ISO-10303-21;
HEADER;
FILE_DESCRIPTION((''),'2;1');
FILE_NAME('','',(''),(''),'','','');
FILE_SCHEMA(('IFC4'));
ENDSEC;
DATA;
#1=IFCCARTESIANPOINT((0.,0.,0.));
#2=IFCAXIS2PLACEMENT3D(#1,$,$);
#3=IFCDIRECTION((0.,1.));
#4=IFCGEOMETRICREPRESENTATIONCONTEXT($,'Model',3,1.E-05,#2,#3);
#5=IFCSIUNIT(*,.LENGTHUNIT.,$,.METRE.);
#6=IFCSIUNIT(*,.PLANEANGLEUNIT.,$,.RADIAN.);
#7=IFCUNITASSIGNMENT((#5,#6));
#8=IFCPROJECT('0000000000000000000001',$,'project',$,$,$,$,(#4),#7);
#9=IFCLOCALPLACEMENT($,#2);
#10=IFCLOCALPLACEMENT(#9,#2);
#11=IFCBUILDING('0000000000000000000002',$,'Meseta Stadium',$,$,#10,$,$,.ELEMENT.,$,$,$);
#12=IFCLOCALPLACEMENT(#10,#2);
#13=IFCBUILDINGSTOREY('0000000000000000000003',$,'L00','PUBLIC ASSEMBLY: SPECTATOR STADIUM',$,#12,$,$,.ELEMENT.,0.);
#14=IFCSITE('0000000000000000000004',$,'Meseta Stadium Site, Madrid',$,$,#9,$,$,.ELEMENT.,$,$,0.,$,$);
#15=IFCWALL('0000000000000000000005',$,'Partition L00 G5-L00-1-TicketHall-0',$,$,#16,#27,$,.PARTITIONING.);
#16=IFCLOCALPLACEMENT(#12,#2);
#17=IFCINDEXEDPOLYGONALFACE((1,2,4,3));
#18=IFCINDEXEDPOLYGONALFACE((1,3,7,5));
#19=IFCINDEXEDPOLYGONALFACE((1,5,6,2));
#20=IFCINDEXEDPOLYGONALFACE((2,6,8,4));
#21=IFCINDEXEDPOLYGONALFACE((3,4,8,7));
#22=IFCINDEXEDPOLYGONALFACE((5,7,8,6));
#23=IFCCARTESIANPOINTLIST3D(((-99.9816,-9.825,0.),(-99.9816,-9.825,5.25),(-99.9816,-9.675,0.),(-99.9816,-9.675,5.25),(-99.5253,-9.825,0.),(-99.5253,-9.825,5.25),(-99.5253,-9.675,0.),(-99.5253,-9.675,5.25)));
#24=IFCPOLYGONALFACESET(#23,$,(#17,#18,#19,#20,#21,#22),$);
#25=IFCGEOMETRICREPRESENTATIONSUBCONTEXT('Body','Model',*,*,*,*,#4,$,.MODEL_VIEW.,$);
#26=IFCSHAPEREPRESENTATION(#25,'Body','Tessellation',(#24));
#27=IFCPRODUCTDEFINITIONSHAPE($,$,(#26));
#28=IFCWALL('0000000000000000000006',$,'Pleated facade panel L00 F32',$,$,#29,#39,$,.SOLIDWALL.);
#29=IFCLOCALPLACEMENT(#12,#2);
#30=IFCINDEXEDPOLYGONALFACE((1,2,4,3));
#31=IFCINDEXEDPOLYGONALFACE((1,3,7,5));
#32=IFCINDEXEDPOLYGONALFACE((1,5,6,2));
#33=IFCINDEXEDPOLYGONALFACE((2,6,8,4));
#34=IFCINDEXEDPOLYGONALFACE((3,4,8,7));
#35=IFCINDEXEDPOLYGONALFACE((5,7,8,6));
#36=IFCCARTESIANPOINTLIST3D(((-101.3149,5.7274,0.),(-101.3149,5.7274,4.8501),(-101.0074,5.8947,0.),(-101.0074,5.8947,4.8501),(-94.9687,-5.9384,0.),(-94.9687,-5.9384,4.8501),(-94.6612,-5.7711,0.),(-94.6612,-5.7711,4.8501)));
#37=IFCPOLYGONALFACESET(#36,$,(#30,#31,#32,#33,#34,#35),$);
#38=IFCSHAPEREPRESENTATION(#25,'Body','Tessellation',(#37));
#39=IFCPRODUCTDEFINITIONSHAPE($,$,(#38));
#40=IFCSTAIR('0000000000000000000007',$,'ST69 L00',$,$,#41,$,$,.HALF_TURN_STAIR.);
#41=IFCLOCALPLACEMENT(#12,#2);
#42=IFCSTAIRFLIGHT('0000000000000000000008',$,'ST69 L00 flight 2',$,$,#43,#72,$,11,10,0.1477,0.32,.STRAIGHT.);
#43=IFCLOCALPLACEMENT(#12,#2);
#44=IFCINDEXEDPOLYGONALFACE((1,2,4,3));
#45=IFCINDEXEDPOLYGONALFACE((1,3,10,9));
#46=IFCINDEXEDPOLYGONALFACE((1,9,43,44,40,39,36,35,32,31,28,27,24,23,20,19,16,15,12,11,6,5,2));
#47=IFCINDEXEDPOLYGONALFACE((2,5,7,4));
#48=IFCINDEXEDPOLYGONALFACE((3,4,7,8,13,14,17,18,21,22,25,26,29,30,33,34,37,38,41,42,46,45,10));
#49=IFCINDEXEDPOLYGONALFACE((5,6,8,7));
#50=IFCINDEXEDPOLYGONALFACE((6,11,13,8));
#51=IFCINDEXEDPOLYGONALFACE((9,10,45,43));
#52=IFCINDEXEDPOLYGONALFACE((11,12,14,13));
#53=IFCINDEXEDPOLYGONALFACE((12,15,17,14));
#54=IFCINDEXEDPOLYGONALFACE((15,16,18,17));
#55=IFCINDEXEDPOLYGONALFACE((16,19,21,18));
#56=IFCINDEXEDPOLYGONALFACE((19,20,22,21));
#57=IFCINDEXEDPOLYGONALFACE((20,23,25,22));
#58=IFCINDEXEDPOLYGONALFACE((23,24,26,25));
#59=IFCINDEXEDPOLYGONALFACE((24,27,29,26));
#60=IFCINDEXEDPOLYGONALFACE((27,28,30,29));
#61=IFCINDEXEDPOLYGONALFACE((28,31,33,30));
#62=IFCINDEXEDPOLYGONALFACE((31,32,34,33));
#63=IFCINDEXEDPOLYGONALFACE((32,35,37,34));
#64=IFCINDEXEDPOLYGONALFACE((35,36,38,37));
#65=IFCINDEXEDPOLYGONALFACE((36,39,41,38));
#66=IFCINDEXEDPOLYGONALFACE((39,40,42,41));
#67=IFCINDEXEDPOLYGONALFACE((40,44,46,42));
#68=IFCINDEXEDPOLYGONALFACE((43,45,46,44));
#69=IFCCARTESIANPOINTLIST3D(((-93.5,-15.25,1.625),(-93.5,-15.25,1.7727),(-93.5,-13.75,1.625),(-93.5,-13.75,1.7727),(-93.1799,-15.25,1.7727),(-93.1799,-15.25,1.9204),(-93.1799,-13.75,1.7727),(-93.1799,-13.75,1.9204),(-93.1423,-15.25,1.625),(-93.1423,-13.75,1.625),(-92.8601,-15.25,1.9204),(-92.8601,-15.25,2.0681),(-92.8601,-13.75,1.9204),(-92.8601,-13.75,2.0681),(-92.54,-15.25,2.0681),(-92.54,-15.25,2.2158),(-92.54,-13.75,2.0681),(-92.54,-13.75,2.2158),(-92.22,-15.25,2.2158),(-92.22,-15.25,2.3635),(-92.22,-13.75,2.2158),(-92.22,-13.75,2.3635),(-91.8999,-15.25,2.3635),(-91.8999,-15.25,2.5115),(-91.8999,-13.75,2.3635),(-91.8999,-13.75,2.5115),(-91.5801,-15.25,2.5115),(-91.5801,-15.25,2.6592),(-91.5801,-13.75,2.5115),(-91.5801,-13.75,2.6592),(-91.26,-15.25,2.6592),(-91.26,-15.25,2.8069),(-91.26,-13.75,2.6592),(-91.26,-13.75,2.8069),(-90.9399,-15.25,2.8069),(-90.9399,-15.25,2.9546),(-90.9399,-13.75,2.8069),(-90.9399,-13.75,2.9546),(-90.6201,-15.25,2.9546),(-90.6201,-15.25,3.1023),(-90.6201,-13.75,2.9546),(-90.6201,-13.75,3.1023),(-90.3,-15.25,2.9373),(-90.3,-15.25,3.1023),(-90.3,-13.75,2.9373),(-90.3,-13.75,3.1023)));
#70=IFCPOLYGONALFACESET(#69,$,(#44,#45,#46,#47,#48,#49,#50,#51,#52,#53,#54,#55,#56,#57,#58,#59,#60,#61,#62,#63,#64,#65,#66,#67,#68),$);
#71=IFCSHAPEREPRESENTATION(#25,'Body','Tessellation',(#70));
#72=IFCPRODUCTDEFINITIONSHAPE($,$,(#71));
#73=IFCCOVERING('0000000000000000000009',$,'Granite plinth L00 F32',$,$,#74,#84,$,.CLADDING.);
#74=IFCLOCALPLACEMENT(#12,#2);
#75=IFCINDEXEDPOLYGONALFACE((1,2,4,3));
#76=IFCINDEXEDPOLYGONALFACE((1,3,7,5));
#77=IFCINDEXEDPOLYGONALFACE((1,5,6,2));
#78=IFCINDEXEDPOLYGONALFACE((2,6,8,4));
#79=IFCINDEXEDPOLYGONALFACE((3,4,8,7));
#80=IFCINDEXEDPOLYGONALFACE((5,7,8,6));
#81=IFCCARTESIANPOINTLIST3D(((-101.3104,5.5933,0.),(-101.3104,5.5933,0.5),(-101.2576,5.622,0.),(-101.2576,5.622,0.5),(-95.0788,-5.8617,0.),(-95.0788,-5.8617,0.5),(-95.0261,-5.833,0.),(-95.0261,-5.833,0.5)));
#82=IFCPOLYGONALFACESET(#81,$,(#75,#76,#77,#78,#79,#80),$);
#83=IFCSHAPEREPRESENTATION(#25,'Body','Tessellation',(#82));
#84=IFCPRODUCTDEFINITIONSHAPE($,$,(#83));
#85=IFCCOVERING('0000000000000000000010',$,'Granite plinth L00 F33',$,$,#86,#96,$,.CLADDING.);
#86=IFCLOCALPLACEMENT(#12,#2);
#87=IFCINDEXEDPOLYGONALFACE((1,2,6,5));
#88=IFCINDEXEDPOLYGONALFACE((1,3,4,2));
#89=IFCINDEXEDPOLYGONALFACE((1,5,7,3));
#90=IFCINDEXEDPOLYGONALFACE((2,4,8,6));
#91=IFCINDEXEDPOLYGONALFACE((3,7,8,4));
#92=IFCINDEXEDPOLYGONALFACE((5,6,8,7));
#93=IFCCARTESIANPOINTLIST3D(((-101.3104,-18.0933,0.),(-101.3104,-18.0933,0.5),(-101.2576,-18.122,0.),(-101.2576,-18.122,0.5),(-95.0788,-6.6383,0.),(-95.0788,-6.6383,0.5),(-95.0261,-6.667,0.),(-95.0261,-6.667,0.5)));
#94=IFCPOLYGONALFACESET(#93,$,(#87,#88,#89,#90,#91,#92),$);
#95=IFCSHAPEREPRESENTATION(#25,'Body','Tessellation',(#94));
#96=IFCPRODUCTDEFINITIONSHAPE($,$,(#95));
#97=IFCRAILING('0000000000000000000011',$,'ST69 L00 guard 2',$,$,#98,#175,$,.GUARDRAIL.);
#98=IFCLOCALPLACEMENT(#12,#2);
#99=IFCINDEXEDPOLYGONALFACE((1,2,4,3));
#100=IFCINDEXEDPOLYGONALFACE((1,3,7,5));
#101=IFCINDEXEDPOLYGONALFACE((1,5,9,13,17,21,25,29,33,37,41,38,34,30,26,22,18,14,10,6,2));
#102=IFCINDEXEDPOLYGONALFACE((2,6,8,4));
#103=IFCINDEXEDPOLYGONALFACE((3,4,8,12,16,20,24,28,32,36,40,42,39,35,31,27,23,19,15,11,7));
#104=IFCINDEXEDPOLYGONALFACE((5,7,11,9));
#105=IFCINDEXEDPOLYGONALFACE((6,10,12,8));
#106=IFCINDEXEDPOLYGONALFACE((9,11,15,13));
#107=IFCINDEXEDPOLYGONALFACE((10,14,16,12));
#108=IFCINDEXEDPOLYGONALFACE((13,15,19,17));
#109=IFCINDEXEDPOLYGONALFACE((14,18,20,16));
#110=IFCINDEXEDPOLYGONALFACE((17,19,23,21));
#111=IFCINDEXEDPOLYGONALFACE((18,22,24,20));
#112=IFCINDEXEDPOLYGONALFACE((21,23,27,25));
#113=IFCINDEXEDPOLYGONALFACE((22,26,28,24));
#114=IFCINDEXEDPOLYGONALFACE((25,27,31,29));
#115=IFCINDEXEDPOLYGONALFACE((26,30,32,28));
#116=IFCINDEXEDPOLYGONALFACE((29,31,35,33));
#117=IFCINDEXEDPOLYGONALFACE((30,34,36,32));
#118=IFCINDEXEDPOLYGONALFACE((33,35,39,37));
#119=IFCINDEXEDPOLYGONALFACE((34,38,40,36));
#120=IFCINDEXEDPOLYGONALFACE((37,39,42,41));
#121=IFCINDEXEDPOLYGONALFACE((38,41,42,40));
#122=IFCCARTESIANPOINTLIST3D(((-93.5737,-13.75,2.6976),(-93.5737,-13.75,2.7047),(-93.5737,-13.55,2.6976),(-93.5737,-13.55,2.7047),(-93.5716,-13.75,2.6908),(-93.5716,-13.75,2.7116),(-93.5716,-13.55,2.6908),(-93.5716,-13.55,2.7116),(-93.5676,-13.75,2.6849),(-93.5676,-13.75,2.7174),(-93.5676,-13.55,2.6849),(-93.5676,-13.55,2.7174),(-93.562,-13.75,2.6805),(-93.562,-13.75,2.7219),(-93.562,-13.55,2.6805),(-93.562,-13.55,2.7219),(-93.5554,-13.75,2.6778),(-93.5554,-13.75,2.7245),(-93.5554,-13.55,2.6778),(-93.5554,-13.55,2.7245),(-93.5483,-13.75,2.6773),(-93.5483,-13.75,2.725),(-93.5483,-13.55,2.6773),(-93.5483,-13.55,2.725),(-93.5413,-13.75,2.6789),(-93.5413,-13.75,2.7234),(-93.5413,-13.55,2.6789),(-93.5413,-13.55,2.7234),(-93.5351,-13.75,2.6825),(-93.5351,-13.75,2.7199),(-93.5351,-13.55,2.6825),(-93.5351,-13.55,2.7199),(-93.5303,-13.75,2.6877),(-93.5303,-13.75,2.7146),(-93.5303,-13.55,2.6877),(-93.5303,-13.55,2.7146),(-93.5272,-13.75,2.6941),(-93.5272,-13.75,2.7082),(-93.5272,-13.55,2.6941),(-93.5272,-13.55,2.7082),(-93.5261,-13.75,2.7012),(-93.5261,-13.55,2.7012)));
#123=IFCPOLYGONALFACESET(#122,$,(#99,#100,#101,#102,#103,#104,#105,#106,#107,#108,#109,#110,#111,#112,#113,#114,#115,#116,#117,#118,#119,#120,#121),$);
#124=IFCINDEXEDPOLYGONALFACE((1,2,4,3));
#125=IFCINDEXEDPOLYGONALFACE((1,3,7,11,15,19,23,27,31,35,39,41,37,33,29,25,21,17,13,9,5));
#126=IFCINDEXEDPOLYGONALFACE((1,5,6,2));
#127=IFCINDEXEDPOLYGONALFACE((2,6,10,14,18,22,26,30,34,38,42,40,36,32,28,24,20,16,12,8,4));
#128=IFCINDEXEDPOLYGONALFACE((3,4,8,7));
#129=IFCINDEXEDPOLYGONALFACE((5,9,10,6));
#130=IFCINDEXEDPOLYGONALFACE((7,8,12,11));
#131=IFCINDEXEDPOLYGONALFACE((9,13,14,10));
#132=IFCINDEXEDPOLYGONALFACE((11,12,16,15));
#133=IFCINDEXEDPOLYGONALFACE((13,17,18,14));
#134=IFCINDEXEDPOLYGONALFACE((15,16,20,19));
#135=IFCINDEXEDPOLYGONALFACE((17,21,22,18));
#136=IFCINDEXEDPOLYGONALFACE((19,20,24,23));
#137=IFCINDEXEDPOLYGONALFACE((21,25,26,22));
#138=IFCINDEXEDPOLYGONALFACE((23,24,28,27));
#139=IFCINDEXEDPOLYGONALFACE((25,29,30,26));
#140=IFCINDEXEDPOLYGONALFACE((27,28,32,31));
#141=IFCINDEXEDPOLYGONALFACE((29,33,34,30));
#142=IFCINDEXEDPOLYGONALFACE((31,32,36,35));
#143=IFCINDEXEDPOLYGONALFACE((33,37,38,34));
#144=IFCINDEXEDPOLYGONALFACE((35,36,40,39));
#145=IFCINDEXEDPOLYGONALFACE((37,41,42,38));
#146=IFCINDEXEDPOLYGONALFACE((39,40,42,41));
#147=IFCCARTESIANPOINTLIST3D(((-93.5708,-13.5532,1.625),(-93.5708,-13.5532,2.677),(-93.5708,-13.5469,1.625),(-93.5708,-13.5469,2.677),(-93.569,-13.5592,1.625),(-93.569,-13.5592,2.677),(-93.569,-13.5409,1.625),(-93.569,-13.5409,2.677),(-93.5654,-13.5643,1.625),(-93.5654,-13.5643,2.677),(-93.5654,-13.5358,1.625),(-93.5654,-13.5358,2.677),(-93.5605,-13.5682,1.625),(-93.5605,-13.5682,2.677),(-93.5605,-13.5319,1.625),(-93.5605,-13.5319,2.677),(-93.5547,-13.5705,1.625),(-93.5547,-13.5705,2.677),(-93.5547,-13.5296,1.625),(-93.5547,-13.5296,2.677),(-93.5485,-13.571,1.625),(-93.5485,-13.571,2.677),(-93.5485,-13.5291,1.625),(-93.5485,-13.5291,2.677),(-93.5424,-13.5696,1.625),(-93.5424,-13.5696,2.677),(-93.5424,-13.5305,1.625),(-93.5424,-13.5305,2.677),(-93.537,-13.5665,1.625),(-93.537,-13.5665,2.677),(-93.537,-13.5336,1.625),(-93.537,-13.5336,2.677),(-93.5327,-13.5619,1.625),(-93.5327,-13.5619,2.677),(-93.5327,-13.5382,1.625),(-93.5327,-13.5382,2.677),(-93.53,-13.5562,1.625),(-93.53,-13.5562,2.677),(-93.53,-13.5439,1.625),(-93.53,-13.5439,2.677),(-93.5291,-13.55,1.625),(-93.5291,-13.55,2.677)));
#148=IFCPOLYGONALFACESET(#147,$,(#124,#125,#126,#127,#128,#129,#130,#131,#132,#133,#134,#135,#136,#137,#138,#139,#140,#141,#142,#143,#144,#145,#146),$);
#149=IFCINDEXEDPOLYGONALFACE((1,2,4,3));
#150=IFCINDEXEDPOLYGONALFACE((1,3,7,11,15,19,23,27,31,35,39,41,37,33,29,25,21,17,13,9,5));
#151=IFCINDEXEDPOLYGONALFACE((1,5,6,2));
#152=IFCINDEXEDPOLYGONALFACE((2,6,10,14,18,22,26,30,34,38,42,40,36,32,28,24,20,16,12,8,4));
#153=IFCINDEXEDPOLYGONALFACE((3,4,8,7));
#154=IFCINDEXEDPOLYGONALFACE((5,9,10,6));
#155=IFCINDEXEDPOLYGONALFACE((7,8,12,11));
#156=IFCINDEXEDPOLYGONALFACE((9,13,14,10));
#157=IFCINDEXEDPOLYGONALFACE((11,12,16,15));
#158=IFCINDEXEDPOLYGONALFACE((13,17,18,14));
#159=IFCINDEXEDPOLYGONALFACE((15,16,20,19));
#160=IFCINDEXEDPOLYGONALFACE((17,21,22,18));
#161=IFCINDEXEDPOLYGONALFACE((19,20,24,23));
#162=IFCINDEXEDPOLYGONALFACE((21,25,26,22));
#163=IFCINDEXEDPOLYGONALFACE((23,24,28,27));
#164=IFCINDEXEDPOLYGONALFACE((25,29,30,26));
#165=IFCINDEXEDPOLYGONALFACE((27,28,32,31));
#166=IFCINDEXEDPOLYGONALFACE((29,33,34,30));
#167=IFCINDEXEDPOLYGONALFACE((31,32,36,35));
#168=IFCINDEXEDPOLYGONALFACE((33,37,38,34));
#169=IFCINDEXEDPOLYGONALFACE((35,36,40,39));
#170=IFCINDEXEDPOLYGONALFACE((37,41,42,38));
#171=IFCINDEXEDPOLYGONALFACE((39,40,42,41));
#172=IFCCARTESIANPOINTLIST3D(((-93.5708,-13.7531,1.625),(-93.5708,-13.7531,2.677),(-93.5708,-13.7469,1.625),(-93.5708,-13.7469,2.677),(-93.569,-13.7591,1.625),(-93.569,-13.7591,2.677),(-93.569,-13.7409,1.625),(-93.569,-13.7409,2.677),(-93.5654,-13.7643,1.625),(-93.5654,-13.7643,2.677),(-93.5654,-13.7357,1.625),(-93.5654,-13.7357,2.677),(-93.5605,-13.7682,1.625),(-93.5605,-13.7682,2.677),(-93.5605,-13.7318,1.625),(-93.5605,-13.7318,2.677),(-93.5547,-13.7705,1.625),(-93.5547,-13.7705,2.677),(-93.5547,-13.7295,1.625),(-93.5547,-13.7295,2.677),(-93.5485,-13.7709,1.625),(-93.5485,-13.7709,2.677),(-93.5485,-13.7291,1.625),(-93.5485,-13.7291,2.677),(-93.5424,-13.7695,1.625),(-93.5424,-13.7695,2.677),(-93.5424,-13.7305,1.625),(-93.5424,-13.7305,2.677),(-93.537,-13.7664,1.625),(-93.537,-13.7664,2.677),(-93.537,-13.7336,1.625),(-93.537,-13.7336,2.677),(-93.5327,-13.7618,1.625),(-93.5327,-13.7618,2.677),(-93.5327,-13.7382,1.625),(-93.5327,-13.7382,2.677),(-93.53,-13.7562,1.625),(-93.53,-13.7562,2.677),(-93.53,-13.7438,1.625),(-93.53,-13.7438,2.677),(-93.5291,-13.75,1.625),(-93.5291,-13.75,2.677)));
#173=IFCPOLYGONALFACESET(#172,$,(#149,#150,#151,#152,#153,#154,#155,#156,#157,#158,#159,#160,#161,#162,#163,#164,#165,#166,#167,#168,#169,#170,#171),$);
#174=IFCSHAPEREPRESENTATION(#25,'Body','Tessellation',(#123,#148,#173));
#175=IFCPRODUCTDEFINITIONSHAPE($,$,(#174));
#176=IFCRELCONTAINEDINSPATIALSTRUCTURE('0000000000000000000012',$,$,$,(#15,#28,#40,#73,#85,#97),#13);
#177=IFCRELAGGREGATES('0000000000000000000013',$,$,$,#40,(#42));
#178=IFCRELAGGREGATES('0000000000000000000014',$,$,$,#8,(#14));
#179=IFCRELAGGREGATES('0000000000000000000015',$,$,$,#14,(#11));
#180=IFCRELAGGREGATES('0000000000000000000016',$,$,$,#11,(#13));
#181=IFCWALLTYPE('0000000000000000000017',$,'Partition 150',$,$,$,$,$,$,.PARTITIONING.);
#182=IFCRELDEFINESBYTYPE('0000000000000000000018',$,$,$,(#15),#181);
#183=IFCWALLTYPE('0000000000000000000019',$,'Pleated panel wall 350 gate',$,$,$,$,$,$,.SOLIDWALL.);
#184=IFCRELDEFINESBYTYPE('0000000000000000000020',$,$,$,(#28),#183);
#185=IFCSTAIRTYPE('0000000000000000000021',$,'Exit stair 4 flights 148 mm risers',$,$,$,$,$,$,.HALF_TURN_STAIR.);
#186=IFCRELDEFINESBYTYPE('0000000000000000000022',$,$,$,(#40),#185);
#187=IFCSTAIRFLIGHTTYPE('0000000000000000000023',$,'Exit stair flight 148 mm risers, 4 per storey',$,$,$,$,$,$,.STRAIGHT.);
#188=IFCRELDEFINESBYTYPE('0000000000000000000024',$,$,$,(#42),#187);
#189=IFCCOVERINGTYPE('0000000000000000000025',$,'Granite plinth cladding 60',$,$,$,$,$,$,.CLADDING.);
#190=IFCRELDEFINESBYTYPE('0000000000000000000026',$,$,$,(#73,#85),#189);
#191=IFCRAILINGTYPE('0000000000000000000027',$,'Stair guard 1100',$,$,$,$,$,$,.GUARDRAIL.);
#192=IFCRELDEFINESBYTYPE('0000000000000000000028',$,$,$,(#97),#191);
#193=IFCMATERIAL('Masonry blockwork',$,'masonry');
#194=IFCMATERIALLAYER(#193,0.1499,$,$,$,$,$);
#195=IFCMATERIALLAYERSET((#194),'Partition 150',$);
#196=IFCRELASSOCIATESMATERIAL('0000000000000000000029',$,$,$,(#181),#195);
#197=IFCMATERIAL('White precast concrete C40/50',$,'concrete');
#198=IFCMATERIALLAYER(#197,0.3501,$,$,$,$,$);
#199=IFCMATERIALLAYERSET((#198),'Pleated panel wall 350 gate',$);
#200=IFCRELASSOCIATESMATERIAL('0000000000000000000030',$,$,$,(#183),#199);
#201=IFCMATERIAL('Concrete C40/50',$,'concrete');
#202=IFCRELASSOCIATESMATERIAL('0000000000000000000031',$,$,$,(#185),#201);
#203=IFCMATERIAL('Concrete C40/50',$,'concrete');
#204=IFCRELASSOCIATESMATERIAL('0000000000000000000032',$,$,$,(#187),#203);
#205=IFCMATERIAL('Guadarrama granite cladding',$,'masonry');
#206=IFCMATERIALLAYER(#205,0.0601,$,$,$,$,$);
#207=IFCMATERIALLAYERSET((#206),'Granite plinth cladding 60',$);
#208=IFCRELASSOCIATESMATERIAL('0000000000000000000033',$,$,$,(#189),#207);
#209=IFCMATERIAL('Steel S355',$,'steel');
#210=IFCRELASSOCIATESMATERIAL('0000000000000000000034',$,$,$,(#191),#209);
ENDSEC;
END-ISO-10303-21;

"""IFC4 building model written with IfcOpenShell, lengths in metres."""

from ifc_helpers import new_model, si_unit, direction, frame, frame_2d, origin, origin_2d, place, context, subcontext, project, spatial, polyline, rectangle, circle, outline, extrude, material, layer, layer_set, type_object, element, aggregate, save


model = new_model("IFC4")

# Units and contexts
model_context = context("Model", 3, precision=1e-05, world=origin(), true_north=direction((0.0, 1.0)))
body_context = subcontext(model_context, "Body", "Model", "MODEL_VIEW")
ifc_project = project(units=[si_unit("LENGTHUNIT", "METRE"), si_unit("PLANEANGLEUNIT", "RADIAN")], contexts=[model_context])

# Site, building, storey
site_placement = place(None, origin())
site = spatial("IfcSite", under=ifc_project, at=site_placement, Name="Meseta Stadium Site, Madrid", CompositionType="ELEMENT", RefElevation=0.0)
building_placement = place(site_placement, origin())
building = spatial("IfcBuilding", under=site, at=building_placement, Name="Meseta Stadium", CompositionType="ELEMENT")
storey_placement = place(building_placement, origin())
storey = spatial("IfcBuildingStorey", under=building, at=storey_placement, Name="L00", Description="PUBLIC ASSEMBLY: SPECTATOR STADIUM", CompositionType="ELEMENT", Elevation=0.0)

# Shared definitions
ifc_material_1 = material(Name="Masonry blockwork", Category="masonry")
ifc_layer_1 = layer(ifc_material_1, 0.1499)
ifc_layer_set_1 = layer_set([ifc_layer_1], Name="Partition 150")
wall_type_1 = type_object("IfcWallType", Name="Partition 150", PredefinedType="PARTITIONING", material=ifc_layer_set_1)

# Walls
wall_1_placement = place(storey_placement, frame((-99.5254, -9.75, 0.0), z_axis=(0.0, 0.0, 1.0), x_axis=(-1.0, 0.0, 0.0)))
element("IfcWall", 1, at=wall_1_placement, inside=storey, type_object=wall_type_1, Name="Partition L00 G5-L00-1-TicketHall-0", PredefinedType="PARTITIONING", context=body_context, shape_type="SweptSolid", body=[
    extrude(rectangle(XDim=0.4563, YDim=0.1499, at=frame_2d((0.228, 0.0))), origin(), (0.0, 0.0, 1.0), 5.25),
])
ifc_material_2 = material(Name="White precast concrete C40/50", Category="concrete")
ifc_layer_2 = layer(ifc_material_2, 0.3501)
ifc_layer_set_2 = layer_set([ifc_layer_2], Name="Pleated panel wall 350 gate")
wall_type_2 = type_object("IfcWallType", Name="Pleated panel wall 350 gate", PredefinedType="SOLIDWALL", material=ifc_layer_set_2)
wall_2_placement = place(storey_placement, frame((-94.8149, -5.8547, 0.0), z_axis=(0.0, 0.0, 1.0), x_axis=(-0.477868, 0.878432, 0.0)))
element("IfcWall", 2, at=wall_2_placement, inside=storey, type_object=wall_type_2, Name="Pleated facade panel L00 F32", PredefinedType="SOLIDWALL", context=body_context, shape_type="SweptSolid", body=[
    extrude(rectangle(XDim=13.2803, YDim=0.3501, at=frame_2d((6.6401, 0.0))), origin(), (0.0, 0.0, 1.0), 4.8501),
])

# Stair, stair flight
ifc_material_3 = material(Name="Concrete C40/50", Category="concrete")
stair_type = type_object("IfcStairType", Name="Exit stair 4 flights 148 mm risers", PredefinedType="HALF_TURN_STAIR", material=ifc_material_3)
stair_placement = place(storey_placement, origin())
stair = element("IfcStair", 3, at=stair_placement, inside=storey, type_object=stair_type, Name="ST69 L00", PredefinedType="HALF_TURN_STAIR")
ifc_material_4 = material(Name="Concrete C40/50", Category="concrete")
stair_flight_type = type_object("IfcStairFlightType", Name="Exit stair flight 148 mm risers, 4 per storey", PredefinedType="STRAIGHT", material=ifc_material_4)
stair_flight_placement = place(storey_placement, frame((-93.5, -14.5, 1.625), z_axis=(0.0, 0.0, 1.0), x_axis=(1.0, 0.0, 0.0)))
stair_flight = element("IfcStairFlight", 4, at=stair_flight_placement, type_object=stair_flight_type, Name="ST69 L00 flight 2", NumberOfRisers=11, NumberOfTreads=10, PredefinedType="STRAIGHT", RiserHeight=0.1477, TreadLength=0.32, context=body_context, shape_type="SweptSolid", body=[
    extrude(outline(polyline([(0.0, 0.0), (0.0, 0.1477), (0.3201, 0.1477), (0.3201, 0.2954), (0.6399, 0.2954), (0.6399, 0.4431), (0.96, 0.4431), (0.96, 0.5908), (1.28, 0.5908), (1.28, 0.7385), (1.6001, 0.7385), (1.6001, 0.8865), (1.9199, 0.8865), (1.9199, 1.0342), (2.24, 1.0342), (2.24, 1.1819), (2.5601, 1.1819), (2.5601, 1.3296), (2.8799, 1.3296), (2.8799, 1.4773), (3.2, 1.4773), (3.2, 1.3123), (0.3577, 0.0), (0.0, 0.0)])), frame((0.0, 0.75, 0.0), z_axis=(0.0, -1.0, 0.0), x_axis=(1.0, 0.0, 0.0)), (0.0, 0.0, 1.0), 1.5),
])
aggregate(stair, [stair_flight])

# Coverings
ifc_material_5 = material(Name="Guadarrama granite cladding", Category="masonry")
ifc_layer_3 = layer(ifc_material_5, 0.0601)
ifc_layer_set_3 = layer_set([ifc_layer_3], Name="Granite plinth cladding 60")
covering_type = type_object("IfcCoveringType", Name="Granite plinth cladding 60", PredefinedType="CLADDING", material=ifc_layer_set_3)
for number, where, z_axis, x_axis, name in (
    (5, (-98.1682, -0.1199, 0.0), (0.0, 0.0, 1.0), (-0.477867, 0.878432, 0.0), "Granite plinth L00 F32"),
    (6, (-98.1682, -12.3801, 0.0), (0.0, 0.0, 1.0), (0.477867, 0.878432, 0.0), "Granite plinth L00 F33"),
):
    element("IfcCovering", number, at=place(storey_placement, frame(where, z_axis=z_axis, x_axis=x_axis)), inside=storey, type_object=covering_type, Name=name, PredefinedType="CLADDING", context=body_context, shape_type="SweptSolid", body=[
        extrude(rectangle(XDim=13.0403, YDim=0.0601, at=origin_2d()), origin(), (0.0, 0.0, 1.0), 0.5),
    ])

# Railing
ifc_material_6 = material(Name="Steel S355", Category="steel")
railing_type = type_object("IfcRailingType", Name="Stair guard 1100", PredefinedType="GUARDRAIL", material=ifc_material_6)
for number, where, name in (
    (7, (-93.55, -13.55, 1.625), "ST69 L00 guard 2"),
):
    element("IfcRailing", number, at=place(storey_placement, frame(where)), inside=storey, type_object=railing_type, Name=name, PredefinedType="GUARDRAIL", context=body_context, shape_type="SweptSolid", body=[
        extrude(circle(Radius=0.0239, at=origin_2d()), frame((0.0, 0.0, 1.0762), z_axis=(0.0, -1.0, 0.0), x_axis=(1.0, 0.0, 0.0)), (0.0, 0.0, 1.0), 0.2),
        extrude(circle(Radius=0.021, at=origin_2d()), origin(), (0.0, 0.0, 1.0), 1.052),
        extrude(circle(Radius=0.021, at=origin_2d()), frame((0.0, -0.2, 0.0)), (0.0, 0.0, 1.0), 1.052),
    ])

save(model, "model.ifc")
